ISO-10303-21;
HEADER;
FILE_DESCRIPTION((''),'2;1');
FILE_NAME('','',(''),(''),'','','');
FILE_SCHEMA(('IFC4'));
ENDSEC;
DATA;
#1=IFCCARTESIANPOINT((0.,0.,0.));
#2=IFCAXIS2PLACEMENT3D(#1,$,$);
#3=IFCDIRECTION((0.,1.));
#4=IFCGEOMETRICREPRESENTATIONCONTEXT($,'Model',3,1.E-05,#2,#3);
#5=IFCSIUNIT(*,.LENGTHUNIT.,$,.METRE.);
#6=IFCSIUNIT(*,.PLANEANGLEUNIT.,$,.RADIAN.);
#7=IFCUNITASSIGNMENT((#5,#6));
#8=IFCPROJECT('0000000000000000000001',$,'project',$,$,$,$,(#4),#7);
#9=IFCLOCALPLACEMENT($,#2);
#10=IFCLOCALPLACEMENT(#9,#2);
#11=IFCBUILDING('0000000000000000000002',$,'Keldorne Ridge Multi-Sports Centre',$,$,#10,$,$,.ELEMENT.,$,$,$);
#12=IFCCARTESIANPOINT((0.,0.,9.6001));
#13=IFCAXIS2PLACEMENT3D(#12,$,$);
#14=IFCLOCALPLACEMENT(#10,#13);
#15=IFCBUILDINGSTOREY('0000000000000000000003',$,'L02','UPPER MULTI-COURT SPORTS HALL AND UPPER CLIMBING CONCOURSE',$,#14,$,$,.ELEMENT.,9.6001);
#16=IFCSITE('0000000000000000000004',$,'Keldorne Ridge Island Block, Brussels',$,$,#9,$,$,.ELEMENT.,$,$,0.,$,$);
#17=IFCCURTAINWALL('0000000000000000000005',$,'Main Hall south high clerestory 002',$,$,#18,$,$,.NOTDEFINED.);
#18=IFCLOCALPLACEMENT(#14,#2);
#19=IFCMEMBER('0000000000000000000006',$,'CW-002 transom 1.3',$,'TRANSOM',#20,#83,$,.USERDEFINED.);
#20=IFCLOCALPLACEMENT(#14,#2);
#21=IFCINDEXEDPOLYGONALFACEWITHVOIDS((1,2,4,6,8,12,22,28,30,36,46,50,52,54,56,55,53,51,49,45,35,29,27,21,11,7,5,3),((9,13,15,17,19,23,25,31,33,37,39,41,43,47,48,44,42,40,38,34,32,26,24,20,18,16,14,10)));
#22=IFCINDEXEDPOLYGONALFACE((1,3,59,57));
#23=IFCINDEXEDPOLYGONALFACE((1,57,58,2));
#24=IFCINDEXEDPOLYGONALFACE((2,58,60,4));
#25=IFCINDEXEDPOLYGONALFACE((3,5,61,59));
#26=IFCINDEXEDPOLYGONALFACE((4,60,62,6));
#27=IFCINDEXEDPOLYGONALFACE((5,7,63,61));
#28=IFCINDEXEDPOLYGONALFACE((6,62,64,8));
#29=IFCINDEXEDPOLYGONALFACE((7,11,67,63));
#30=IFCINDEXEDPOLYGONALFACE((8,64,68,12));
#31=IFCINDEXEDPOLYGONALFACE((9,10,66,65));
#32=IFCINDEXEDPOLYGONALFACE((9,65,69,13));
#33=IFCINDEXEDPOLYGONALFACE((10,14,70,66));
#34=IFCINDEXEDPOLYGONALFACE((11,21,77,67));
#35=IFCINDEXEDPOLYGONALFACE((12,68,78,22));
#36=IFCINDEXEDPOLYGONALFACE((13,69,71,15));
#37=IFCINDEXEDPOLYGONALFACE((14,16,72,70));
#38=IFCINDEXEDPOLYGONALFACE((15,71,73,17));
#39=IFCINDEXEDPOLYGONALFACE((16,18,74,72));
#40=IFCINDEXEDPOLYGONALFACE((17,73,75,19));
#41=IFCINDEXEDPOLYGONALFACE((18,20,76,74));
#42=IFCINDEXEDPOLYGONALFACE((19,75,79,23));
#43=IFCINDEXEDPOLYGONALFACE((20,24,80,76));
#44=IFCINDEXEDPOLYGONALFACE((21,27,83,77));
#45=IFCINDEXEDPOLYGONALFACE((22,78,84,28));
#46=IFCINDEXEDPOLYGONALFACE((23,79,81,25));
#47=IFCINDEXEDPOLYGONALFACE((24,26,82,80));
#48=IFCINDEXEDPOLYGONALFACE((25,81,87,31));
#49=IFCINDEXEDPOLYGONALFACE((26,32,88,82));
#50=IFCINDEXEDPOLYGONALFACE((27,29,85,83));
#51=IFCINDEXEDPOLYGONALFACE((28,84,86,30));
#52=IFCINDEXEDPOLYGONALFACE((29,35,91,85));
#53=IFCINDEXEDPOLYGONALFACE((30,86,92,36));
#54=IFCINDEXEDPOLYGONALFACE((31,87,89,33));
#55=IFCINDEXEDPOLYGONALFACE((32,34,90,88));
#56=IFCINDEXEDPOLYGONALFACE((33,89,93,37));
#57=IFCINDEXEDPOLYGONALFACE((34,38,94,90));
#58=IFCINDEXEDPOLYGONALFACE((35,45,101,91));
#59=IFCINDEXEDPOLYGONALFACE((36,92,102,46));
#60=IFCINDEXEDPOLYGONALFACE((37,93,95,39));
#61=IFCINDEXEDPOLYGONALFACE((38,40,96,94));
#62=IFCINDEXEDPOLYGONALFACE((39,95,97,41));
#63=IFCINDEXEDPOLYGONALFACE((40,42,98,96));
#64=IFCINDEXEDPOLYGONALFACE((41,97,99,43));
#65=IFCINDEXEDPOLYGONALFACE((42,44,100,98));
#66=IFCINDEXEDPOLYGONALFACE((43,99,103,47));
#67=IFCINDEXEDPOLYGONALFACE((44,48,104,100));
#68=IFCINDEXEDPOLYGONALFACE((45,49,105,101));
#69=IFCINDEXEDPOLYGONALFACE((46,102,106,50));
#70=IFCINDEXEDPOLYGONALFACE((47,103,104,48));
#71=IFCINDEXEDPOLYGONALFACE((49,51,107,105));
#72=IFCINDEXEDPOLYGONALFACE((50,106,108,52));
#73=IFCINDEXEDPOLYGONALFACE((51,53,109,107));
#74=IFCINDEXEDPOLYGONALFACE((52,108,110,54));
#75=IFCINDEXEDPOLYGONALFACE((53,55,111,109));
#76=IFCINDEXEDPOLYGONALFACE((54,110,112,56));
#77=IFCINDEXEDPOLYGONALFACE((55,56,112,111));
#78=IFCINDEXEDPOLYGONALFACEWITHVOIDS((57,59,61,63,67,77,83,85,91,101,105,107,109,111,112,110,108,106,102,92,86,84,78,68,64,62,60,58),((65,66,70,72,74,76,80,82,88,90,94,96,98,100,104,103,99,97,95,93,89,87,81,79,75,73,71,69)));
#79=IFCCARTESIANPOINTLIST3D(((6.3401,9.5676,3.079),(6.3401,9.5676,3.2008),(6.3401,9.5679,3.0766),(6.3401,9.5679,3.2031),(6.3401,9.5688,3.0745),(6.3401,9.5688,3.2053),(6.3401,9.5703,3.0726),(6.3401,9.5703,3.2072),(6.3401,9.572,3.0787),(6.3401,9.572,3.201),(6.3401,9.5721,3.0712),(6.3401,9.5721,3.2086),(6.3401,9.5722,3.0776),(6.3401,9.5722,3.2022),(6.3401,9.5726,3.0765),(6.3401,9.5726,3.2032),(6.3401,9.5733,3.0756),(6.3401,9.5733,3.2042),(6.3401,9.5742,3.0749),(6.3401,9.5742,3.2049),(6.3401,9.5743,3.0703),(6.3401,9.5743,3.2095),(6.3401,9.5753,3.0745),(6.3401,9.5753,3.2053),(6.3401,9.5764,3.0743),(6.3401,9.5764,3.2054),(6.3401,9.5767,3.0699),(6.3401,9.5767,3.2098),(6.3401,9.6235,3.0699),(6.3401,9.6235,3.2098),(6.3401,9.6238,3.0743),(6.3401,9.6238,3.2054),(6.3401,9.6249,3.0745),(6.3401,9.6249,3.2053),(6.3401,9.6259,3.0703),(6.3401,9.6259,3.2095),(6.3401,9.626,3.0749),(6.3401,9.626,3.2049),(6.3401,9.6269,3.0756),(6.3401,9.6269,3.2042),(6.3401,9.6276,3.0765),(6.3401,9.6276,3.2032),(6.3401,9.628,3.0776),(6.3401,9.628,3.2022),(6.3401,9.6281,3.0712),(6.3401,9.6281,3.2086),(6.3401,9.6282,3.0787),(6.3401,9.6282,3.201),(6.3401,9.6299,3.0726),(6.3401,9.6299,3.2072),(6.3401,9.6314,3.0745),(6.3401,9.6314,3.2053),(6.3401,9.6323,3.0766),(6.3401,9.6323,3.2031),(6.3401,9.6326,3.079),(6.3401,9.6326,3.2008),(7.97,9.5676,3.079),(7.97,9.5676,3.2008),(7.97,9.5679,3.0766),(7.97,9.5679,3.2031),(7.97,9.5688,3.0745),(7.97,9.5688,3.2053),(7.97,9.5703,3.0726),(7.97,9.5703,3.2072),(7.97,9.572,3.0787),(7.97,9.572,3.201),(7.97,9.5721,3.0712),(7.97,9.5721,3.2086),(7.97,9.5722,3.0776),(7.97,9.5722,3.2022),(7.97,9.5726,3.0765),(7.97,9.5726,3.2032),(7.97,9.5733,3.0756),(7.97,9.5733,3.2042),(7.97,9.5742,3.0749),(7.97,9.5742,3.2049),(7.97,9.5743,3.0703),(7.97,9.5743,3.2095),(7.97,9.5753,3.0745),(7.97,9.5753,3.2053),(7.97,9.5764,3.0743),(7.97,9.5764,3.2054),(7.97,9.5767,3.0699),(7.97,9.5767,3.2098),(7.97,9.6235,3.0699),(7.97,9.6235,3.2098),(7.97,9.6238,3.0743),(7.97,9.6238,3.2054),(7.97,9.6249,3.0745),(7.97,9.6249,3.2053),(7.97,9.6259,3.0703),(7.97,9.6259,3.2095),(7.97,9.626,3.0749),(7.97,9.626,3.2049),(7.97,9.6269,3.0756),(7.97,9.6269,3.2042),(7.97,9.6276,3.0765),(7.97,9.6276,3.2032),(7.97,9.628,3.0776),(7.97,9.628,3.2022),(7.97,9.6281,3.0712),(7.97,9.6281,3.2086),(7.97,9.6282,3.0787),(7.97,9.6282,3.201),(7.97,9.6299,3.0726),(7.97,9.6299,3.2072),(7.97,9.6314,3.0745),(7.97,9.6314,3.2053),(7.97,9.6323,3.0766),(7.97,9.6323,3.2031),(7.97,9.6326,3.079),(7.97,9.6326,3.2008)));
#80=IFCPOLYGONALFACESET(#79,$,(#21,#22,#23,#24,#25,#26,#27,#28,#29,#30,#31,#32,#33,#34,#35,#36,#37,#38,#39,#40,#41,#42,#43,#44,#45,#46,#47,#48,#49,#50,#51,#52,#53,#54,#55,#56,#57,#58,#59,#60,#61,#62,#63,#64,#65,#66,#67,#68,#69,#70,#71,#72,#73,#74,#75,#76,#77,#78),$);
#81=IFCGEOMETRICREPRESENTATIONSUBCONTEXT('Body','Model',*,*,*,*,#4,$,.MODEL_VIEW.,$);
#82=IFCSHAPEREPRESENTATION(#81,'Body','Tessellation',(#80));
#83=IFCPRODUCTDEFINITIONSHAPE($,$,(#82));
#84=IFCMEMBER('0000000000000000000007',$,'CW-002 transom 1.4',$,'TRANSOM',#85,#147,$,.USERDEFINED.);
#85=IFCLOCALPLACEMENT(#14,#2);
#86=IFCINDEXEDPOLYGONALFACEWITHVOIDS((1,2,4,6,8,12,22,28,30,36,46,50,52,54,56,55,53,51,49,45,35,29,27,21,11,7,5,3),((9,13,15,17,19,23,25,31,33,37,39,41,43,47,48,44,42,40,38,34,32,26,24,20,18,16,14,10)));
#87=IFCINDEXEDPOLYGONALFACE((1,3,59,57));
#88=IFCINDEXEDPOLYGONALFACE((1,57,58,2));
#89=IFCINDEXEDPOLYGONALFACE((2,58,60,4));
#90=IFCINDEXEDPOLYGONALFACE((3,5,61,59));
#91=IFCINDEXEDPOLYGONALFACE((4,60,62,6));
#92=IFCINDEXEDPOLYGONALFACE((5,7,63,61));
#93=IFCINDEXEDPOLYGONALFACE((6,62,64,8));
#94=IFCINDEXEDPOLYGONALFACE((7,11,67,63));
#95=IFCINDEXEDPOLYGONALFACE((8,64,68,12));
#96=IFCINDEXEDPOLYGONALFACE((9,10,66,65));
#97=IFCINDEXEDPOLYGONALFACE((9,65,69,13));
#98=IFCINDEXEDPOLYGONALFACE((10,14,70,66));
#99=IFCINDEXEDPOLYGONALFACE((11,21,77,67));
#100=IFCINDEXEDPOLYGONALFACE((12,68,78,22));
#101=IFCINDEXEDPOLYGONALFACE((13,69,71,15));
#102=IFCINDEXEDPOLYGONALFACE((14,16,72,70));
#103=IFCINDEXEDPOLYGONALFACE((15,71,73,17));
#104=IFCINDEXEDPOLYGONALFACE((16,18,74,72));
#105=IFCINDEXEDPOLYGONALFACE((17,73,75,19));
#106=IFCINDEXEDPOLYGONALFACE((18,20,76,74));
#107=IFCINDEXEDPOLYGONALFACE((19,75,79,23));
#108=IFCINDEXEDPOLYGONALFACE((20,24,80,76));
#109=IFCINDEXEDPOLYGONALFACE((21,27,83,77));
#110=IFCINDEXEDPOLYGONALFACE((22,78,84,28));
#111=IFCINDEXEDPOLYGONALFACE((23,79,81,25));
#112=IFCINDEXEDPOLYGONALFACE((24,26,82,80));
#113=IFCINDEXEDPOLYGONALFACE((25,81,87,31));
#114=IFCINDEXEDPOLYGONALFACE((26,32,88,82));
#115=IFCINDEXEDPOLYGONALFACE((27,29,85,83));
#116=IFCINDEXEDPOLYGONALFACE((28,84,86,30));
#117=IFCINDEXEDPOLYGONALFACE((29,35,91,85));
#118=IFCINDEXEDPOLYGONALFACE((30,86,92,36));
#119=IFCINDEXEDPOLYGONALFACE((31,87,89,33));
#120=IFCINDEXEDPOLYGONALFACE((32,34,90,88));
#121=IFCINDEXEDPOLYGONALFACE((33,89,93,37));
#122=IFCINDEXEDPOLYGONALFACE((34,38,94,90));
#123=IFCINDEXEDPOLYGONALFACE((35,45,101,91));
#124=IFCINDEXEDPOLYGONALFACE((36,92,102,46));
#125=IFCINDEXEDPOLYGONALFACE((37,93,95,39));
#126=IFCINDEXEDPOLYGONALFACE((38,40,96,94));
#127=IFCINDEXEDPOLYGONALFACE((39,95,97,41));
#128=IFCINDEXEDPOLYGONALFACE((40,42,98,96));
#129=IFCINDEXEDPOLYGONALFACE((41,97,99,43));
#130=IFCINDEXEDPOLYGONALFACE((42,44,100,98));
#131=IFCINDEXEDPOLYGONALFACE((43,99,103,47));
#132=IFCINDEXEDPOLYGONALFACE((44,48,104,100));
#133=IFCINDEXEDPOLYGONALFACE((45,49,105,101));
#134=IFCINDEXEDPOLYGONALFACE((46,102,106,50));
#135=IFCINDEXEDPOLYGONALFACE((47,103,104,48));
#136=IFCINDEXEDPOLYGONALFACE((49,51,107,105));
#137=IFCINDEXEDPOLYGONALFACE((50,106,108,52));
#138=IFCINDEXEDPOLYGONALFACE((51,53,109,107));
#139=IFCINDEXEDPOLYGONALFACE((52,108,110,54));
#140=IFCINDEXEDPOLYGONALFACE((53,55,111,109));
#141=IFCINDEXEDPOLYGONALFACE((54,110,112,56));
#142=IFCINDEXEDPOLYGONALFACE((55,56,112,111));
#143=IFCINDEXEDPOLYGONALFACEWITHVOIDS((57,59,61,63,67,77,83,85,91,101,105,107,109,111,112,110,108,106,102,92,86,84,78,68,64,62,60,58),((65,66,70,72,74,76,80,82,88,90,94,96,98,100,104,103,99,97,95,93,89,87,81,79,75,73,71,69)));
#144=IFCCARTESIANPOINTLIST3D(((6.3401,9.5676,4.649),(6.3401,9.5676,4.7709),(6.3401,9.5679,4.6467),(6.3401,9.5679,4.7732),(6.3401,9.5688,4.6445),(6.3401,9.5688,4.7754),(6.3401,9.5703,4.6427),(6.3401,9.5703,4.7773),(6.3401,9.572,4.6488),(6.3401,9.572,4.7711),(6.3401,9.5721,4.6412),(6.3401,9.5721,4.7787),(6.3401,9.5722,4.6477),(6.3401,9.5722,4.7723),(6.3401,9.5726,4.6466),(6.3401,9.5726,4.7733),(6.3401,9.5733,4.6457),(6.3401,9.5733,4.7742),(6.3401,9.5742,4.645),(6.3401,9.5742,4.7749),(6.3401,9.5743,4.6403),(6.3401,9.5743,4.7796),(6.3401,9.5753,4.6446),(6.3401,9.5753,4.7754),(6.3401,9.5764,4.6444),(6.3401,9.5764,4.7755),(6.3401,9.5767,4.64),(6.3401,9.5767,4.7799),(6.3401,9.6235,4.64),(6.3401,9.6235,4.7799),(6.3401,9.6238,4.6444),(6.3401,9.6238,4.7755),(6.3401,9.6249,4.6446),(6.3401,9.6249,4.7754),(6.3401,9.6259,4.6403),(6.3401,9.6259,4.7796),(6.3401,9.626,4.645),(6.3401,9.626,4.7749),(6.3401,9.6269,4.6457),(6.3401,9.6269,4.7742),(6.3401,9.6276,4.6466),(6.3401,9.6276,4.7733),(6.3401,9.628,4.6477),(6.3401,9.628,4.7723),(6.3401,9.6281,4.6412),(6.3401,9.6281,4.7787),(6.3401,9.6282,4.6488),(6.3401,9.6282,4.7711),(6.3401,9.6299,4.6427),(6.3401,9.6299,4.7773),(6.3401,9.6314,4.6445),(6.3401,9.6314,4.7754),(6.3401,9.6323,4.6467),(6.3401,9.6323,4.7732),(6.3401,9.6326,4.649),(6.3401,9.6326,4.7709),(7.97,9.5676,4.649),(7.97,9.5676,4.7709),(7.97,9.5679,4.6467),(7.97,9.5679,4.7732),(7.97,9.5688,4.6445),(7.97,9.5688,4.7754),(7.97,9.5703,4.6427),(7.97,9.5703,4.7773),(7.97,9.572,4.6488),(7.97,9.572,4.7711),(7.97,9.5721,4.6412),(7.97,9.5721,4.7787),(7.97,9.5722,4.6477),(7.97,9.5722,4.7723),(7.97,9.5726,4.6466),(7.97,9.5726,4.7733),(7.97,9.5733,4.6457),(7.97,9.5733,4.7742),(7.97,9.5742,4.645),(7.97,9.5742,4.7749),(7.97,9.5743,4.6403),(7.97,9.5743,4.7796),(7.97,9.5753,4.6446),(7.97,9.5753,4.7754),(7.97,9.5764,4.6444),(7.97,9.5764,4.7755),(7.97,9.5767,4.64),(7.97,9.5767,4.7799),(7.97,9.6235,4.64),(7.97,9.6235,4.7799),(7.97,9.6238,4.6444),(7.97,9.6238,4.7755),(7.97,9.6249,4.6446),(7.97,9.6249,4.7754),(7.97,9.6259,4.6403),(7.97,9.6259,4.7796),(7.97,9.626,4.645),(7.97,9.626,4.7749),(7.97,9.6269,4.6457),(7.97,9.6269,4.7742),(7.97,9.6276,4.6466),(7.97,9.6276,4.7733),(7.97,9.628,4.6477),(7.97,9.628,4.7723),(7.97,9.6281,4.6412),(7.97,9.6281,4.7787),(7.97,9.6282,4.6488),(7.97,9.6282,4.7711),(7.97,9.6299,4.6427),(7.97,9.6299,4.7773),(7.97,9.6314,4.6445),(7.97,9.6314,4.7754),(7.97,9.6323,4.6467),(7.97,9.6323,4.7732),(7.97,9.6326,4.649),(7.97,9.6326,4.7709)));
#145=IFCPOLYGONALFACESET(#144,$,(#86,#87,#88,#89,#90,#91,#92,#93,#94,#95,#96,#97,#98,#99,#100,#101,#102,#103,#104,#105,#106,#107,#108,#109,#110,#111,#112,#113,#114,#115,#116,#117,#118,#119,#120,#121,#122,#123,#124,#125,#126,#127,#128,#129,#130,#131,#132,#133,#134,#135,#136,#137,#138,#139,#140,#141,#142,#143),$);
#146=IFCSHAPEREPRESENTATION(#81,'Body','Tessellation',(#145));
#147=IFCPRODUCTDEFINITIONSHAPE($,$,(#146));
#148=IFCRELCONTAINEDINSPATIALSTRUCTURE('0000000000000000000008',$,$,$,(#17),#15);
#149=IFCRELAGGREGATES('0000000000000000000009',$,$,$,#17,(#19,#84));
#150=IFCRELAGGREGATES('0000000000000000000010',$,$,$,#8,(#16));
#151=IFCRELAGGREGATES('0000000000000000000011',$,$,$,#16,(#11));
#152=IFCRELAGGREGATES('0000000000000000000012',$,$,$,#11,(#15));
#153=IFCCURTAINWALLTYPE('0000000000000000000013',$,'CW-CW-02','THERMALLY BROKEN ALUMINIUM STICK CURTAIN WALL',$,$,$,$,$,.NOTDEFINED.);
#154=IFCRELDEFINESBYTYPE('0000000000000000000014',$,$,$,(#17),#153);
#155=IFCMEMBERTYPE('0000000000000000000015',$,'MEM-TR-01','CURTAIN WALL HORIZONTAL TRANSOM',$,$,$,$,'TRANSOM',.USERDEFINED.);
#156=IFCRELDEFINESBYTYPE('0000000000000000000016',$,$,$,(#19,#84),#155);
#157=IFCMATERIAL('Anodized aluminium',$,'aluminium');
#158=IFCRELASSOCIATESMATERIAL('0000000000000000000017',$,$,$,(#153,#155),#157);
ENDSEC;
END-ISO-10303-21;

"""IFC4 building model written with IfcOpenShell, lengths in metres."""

from ifc_helpers import new_model, si_unit, direction, frame, origin, origin_2d, place, context, subcontext, project, spatial, hollow_rectangle, extrude, material, material_profile, profile_set, type_object, element, aggregate, save


model = new_model("IFC4")

# Units and contexts
model_context = context("Model", 3, precision=1e-05, world=origin(), true_north=direction((0.0, 1.0)))
body_context = subcontext(model_context, "Body", "Model", "MODEL_VIEW")
ifc_project = project(units=[si_unit("LENGTHUNIT", "METRE"), si_unit("PLANEANGLEUNIT", "RADIAN")], contexts=[model_context])

# Site, building, storey
site_placement = place(None, origin())
site = spatial("IfcSite", under=ifc_project, at=site_placement, Name="Keldorne Ridge Island Block, Brussels", CompositionType="ELEMENT", RefElevation=0.0)
building_placement = place(site_placement, origin())
building = spatial("IfcBuilding", under=site, at=building_placement, Name="Keldorne Ridge Multi-Sports Centre", CompositionType="ELEMENT")
storey_placement = place(building_placement, frame((0.0, 0.0, 9.6001)))
storey = spatial("IfcBuildingStorey", under=building, at=storey_placement, Name="L02", Description="UPPER MULTI-COURT SPORTS HALL AND UPPER CLIMBING CONCOURSE", CompositionType="ELEMENT", Elevation=9.6001)

# Curtain wall
ifc_material_1 = material(Name="Anodized aluminium", Category="aluminium")
curtain_wall_type_1 = type_object("IfcCurtainWallType", Name="CW-CW-02", Description="THERMALLY BROKEN ALUMINIUM STICK CURTAIN WALL", PredefinedType="NOTDEFINED", material=ifc_material_1)
curtain_wall_1_placement = place(storey_placement, origin())
curtain_wall_1 = element("IfcCurtainWall", 1, at=curtain_wall_1_placement, inside=storey, type_object=curtain_wall_type_1, Name="Main Hall south high clerestory 002", PredefinedType="NOTDEFINED")

# Members
ifc_material_profile_1 = material_profile(ifc_material_1, hollow_rectangle(XDim=0.0649, YDim=0.1399, WallThickness=0.0044, InnerFilletRadius=0.0044, OuterFilletRadius=0.009, at=origin_2d()), Name="ALU TRANSOM 140x65x4.5")
ifc_profile_set_1 = profile_set([ifc_material_profile_1], Name="Anodized aluminium")
member_type_1 = type_object("IfcMemberType", Name="MEM-TR-01", Description="CURTAIN WALL HORIZONTAL TRANSOM", ElementType="TRANSOM", PredefinedType="USERDEFINED", material=ifc_profile_set_1)
member_1_placement = place(storey_placement, frame((6.3401, 9.6001, 3.1399), z_axis=(1.0, 0.0, 0.0), x_axis=(0.0, 1.0, 0.0)))
member_1 = element("IfcMember", 2, at=member_1_placement, type_object=member_type_1, Name="CW-002 transom 1.3", ObjectType="TRANSOM", PredefinedType="USERDEFINED", context=body_context, shape_type="SweptSolid", body=[
    extrude(hollow_rectangle(XDim=0.0649, YDim=0.1399, WallThickness=0.0044, InnerFilletRadius=0.0044, OuterFilletRadius=0.009, at=origin_2d()), origin(), (0.0, 0.0, 1.0), 1.6299),
])
member_2_placement = place(storey_placement, frame((6.3401, 9.6001, 4.71), z_axis=(1.0, 0.0, 0.0), x_axis=(0.0, 1.0, 0.0)))
member_2 = element("IfcMember", 3, at=member_2_placement, type_object=member_type_1, Name="CW-002 transom 1.4", ObjectType="TRANSOM", PredefinedType="USERDEFINED", context=body_context, shape_type="SweptSolid", body=[
    extrude(hollow_rectangle(XDim=0.0649, YDim=0.1399, WallThickness=0.0044, InnerFilletRadius=0.0044, OuterFilletRadius=0.009, at=origin_2d()), origin(), (0.0, 0.0, 1.0), 1.6299),
])

aggregate(curtain_wall_1, [member_1, member_2])

save(model, "model.ifc")
